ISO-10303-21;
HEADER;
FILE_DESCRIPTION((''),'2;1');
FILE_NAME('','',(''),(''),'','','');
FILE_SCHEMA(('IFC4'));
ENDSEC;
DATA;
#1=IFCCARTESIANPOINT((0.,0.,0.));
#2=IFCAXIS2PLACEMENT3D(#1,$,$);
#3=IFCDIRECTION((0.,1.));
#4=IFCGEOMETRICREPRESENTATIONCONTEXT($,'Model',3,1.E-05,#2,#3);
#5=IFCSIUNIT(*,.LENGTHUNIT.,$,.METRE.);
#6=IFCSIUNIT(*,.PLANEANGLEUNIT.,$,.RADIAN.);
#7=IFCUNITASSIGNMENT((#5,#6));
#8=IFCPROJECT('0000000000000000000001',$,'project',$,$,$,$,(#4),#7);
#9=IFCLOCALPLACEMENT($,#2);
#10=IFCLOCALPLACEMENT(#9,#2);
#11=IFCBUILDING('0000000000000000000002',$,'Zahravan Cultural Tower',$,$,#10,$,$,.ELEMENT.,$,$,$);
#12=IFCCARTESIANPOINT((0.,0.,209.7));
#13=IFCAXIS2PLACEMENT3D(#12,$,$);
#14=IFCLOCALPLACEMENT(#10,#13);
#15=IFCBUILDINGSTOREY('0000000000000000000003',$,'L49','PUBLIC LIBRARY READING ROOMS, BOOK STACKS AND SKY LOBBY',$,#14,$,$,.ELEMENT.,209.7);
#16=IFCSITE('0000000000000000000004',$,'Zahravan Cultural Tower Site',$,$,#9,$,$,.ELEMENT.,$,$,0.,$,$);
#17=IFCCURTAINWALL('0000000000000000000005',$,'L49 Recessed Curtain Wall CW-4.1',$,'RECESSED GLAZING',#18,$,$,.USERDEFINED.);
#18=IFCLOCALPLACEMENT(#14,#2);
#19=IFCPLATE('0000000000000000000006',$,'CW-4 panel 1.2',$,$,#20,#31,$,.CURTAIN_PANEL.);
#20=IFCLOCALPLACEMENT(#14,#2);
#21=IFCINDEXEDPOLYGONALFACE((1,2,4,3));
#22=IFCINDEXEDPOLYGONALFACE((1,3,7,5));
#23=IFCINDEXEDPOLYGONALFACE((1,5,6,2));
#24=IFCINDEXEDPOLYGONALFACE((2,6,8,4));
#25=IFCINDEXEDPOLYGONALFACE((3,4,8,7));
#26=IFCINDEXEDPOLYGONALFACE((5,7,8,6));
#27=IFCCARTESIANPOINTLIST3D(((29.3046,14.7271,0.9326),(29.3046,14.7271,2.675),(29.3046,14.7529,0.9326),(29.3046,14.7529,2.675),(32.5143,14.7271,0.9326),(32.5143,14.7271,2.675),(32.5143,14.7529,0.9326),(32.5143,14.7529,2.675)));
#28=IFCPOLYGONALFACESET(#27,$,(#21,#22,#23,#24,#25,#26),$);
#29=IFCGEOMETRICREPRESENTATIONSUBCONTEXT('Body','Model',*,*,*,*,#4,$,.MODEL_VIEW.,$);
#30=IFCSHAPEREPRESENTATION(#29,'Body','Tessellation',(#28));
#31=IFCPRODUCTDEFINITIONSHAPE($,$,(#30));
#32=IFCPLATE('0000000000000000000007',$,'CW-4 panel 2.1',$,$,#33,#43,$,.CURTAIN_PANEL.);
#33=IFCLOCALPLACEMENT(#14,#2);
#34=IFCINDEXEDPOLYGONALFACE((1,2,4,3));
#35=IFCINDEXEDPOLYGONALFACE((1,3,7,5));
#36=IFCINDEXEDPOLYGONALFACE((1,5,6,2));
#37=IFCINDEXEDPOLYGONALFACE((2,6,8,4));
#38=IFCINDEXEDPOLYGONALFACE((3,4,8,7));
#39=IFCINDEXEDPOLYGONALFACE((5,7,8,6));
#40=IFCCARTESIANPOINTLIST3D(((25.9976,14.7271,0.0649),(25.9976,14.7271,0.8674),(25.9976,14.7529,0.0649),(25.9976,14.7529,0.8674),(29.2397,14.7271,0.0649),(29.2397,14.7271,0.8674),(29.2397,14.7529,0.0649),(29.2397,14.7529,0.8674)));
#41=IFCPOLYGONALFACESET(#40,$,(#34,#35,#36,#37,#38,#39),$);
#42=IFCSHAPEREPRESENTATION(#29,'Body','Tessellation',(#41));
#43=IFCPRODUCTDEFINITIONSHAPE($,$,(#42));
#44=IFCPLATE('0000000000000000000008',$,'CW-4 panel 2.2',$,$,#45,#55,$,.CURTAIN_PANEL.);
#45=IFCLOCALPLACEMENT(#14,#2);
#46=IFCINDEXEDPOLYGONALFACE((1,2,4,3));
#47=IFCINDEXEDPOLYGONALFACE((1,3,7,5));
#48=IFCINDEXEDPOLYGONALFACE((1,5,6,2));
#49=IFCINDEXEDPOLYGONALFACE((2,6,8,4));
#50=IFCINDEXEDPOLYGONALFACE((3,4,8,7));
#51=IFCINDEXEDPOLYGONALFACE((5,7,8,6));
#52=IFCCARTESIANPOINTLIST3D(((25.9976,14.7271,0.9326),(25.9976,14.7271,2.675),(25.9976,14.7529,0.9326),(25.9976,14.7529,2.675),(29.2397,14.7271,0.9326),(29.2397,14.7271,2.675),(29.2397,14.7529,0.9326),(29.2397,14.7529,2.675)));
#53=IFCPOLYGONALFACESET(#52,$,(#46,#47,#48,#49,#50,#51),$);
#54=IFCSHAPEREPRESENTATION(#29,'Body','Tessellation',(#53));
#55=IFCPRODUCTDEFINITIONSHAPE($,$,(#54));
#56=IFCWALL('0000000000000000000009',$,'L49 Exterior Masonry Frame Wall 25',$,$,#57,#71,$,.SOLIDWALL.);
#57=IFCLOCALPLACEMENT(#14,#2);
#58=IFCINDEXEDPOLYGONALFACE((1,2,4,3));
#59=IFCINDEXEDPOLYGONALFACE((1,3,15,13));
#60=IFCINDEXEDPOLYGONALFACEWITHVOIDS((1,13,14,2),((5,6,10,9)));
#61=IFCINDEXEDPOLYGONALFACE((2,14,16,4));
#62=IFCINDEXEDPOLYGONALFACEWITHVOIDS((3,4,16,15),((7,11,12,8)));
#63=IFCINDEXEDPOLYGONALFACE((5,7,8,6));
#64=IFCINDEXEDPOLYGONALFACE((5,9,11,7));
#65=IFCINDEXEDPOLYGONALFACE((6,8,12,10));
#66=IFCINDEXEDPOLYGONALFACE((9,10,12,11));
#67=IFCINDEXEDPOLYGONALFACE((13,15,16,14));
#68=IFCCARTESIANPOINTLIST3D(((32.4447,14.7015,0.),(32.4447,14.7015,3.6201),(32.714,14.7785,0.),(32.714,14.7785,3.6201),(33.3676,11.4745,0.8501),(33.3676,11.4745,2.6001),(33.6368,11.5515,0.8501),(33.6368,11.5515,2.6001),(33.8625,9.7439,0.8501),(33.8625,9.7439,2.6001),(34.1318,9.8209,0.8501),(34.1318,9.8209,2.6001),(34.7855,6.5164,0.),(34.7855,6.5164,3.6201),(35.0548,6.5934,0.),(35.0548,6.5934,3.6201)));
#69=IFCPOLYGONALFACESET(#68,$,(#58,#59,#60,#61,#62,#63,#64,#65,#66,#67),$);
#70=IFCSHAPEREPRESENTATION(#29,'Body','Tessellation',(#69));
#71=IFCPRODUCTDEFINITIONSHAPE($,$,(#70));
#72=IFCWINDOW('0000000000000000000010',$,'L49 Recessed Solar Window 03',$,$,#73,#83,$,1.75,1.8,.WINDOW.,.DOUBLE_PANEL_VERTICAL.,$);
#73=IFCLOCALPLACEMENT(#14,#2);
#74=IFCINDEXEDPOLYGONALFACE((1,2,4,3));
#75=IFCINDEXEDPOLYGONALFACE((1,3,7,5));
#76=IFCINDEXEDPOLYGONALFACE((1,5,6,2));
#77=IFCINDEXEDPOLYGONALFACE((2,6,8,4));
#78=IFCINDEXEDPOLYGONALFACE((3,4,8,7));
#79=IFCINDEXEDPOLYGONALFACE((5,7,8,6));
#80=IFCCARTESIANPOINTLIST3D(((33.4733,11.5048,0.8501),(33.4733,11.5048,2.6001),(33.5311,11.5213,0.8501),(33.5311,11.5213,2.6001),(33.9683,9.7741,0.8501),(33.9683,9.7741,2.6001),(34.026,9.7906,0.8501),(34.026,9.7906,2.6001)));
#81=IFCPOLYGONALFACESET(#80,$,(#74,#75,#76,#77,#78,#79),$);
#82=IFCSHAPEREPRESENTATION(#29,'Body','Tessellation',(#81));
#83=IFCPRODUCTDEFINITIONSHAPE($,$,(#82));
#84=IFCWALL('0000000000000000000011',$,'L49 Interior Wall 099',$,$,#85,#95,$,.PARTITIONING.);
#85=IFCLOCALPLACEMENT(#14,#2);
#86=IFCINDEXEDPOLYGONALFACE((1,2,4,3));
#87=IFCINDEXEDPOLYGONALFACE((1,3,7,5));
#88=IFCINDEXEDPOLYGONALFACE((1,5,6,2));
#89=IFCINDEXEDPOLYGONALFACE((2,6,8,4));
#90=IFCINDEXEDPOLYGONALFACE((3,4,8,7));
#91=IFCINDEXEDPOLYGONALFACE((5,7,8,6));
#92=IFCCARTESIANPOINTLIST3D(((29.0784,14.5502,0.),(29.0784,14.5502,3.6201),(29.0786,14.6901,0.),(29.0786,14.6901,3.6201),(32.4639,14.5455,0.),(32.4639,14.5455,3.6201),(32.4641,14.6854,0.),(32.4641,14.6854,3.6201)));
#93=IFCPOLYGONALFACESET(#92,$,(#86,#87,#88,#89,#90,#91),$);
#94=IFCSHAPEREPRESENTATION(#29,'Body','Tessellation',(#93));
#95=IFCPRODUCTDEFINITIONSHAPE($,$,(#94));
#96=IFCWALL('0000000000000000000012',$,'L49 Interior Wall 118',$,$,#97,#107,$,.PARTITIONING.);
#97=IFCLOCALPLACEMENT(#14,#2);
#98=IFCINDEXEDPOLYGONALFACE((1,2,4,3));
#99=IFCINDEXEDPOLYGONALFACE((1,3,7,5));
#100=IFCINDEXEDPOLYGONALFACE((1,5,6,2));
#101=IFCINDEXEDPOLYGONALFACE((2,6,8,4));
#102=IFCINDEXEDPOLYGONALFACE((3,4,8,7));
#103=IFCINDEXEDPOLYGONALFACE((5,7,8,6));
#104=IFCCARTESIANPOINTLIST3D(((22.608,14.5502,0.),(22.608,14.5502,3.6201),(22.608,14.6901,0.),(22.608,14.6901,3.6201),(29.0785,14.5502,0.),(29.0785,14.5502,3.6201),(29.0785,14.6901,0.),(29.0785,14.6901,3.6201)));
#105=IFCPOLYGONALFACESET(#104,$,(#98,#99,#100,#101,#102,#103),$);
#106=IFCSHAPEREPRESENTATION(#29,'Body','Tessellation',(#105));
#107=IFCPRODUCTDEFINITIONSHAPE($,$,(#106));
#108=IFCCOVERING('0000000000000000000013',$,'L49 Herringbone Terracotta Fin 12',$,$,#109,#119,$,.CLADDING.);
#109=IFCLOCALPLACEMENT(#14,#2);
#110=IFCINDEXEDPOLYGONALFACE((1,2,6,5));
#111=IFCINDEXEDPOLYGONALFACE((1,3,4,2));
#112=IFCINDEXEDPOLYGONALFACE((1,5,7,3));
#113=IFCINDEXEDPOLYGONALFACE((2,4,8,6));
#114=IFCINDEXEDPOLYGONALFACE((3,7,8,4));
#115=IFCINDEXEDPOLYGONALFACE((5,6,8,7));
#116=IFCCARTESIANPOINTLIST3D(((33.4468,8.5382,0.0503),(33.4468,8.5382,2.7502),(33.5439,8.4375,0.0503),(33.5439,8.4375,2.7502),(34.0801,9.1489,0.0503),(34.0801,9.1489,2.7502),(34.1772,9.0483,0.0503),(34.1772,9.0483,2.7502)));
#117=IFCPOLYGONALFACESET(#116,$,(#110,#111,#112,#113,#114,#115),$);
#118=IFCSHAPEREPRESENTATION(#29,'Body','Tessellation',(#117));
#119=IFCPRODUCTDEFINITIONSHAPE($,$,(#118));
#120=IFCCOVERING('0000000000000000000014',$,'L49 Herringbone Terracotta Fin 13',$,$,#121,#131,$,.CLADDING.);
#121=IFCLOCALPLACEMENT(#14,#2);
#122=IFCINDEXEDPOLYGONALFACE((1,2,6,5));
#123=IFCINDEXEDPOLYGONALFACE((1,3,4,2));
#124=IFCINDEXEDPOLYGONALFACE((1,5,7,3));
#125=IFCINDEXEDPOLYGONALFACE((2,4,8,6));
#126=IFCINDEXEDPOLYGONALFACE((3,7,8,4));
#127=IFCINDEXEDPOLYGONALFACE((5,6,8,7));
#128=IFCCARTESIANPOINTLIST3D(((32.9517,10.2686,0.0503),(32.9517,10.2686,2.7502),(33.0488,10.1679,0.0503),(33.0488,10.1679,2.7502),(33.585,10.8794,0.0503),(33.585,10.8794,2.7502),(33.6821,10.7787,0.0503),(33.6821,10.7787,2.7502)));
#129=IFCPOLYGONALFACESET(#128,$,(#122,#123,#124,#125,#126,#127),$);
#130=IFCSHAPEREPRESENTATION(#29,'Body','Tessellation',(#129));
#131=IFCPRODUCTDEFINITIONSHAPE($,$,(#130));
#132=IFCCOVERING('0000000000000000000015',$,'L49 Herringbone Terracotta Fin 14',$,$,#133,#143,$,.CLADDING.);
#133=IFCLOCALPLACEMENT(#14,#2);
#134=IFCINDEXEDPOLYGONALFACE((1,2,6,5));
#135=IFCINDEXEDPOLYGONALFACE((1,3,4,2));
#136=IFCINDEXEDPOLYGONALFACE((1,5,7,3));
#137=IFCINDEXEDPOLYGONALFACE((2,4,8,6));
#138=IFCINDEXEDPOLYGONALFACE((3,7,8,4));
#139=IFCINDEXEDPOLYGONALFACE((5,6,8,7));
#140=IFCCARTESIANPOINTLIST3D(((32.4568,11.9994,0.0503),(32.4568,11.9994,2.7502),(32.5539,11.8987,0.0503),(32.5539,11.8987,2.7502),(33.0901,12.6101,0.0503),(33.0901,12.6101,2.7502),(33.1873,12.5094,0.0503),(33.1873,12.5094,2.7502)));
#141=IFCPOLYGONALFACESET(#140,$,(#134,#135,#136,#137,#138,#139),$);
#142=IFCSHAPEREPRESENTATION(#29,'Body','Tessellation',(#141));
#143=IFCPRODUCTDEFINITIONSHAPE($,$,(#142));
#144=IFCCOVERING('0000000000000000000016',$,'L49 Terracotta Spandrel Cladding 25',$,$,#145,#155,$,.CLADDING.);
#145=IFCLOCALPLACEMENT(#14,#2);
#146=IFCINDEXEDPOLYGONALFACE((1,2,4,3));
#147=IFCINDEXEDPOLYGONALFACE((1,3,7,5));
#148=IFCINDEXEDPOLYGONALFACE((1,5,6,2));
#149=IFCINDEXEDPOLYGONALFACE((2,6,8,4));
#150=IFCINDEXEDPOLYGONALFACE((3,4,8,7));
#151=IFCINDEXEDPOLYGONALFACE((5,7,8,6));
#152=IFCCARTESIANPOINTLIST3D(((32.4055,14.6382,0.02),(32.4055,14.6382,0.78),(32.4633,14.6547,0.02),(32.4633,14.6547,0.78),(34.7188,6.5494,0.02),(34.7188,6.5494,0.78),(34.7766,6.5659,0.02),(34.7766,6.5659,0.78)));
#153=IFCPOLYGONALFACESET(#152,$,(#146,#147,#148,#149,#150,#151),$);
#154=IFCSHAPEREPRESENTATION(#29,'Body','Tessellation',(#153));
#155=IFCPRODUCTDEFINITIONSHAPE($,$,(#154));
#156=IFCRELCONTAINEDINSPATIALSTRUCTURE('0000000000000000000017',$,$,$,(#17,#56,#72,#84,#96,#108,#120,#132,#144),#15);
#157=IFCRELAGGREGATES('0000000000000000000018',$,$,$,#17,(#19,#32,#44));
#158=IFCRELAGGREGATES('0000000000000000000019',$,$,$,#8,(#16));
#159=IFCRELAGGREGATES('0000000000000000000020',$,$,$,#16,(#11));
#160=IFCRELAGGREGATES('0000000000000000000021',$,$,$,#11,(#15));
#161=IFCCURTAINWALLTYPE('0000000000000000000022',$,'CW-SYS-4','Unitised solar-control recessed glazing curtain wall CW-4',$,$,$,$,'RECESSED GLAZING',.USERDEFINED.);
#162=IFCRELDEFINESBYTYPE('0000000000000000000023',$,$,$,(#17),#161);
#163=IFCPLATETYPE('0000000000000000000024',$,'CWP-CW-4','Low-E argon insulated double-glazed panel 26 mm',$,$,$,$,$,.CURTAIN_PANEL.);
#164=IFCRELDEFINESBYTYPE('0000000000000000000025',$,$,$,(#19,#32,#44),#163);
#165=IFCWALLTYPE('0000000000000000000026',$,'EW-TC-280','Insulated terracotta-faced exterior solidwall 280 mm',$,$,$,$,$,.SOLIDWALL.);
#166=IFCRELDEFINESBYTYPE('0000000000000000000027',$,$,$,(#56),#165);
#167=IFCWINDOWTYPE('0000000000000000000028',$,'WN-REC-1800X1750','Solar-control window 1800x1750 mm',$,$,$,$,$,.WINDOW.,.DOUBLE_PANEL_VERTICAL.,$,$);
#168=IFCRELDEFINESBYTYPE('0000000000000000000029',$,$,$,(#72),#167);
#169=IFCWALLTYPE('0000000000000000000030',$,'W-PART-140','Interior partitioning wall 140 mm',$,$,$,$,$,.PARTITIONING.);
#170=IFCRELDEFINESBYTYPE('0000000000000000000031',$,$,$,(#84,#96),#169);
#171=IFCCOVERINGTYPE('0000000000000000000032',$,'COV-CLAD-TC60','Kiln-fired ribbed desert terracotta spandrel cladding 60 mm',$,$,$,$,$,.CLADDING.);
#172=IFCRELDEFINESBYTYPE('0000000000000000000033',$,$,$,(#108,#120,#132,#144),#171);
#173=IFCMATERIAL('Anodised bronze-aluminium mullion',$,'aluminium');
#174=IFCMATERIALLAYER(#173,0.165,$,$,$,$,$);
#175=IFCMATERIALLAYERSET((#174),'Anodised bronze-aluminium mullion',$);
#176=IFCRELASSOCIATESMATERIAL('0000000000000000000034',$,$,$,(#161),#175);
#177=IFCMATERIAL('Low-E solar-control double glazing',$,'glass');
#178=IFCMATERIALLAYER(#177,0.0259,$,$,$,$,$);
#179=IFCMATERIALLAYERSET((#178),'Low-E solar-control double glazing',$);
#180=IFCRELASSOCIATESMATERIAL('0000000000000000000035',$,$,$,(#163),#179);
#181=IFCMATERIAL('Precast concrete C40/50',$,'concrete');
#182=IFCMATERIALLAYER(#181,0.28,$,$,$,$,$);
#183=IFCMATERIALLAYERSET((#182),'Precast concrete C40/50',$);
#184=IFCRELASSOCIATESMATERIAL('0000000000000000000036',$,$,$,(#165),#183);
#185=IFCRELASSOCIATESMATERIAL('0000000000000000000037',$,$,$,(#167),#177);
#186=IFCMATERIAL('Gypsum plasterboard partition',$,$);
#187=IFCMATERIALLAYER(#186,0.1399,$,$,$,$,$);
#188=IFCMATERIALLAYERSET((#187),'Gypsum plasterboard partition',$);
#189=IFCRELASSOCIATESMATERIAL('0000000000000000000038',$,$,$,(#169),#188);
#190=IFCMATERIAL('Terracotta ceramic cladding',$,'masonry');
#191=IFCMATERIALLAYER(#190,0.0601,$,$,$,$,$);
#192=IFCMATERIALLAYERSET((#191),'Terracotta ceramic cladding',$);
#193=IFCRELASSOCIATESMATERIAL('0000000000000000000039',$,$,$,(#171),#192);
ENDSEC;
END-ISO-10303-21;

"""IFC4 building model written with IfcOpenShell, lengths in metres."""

from ifc_helpers import new_model, si_unit, direction, frame, frame_2d, origin, origin_2d, place, context, subcontext, project, spatial, rectangle, extrude, source, transform, mapped, material, layer, layer_set, type_object, element, fill, aggregate, save


model = new_model("IFC4")

# Units and contexts
model_context = context("Model", 3, precision=1e-05, world=origin(), true_north=direction((0.0, 1.0)))
body_context = subcontext(model_context, "Body", "Model", "MODEL_VIEW")
ifc_project = project(units=[si_unit("LENGTHUNIT", "METRE"), si_unit("PLANEANGLEUNIT", "RADIAN")], contexts=[model_context])

# Site, building, storey
site_placement = place(None, origin())
site = spatial("IfcSite", under=ifc_project, at=site_placement, Name="Zahravan Cultural Tower Site", CompositionType="ELEMENT", RefElevation=0.0)
building_placement = place(site_placement, origin())
building = spatial("IfcBuilding", under=site, at=building_placement, Name="Zahravan Cultural Tower", CompositionType="ELEMENT")
storey_placement = place(building_placement, frame((0.0, 0.0, 209.7)))
storey = spatial("IfcBuildingStorey", under=building, at=storey_placement, Name="L49", Description="PUBLIC LIBRARY READING ROOMS, BOOK STACKS AND SKY LOBBY", CompositionType="ELEMENT", Elevation=209.7)

# Curtain wall, plates
ifc_material_1 = material(Name="Anodised bronze-aluminium mullion", Category="aluminium")
ifc_layer_1 = layer(ifc_material_1, 0.165)
ifc_layer_set_1 = layer_set([ifc_layer_1], Name="Anodised bronze-aluminium mullion")
curtain_wall_type = type_object("IfcCurtainWallType", Name="CW-SYS-4", Description="Unitised solar-control recessed glazing curtain wall CW-4", ElementType="RECESSED GLAZING", PredefinedType="USERDEFINED", material=ifc_layer_set_1)
curtain_wall_placement = place(storey_placement, origin())
curtain_wall = element("IfcCurtainWall", 1, at=curtain_wall_placement, inside=storey, type_object=curtain_wall_type, Name="L49 Recessed Curtain Wall CW-4.1", ObjectType="RECESSED GLAZING", PredefinedType="USERDEFINED")
ifc_material_2 = material(Name="Low-E solar-control double glazing", Category="glass")
ifc_layer_2 = layer(ifc_material_2, 0.0259)
ifc_layer_set_2 = layer_set([ifc_layer_2], Name="Low-E solar-control double glazing")
plate_type = type_object("IfcPlateType", Name="CWP-CW-4", Description="Low-E argon insulated double-glazed panel 26 mm", PredefinedType="CURTAIN_PANEL", material=ifc_layer_set_2)
shared_shape_1 = source(origin(), body_context, "Body", "SweptSolid", [
    extrude(rectangle(XDim=3.2097, YDim=0.0259, at=origin_2d()), origin(), (0.0, 0.0, 1.0), 1.7424),
])
plate_1_placement = place(storey_placement, frame((30.9094, 14.74, 0.9326), z_axis=(0.0, 0.0, 1.0), x_axis=(-1.0, 0.0, 0.0)))
plate_1 = element("IfcPlate", 2, at=plate_1_placement, type_object=plate_type, Name="CW-4 panel 1.2", PredefinedType="CURTAIN_PANEL", context=body_context, shape_type="MappedRepresentation", body=[
    mapped(shared_shape_1, transform((0.0, 0.0, 0.0), x_axis=(1.0, 0.0, 0.0), y_axis=(0.0, 1.0, 0.0), z_axis=(0.0, 0.0, 1.0), scale=1.0)),
])
shared_shape_2 = source(origin(), body_context, "Body", "SweptSolid", [
    extrude(rectangle(XDim=3.2422, YDim=0.0259, at=origin_2d()), origin(), (0.0, 0.0, 1.0), 0.8025),
])
plate_2_placement = place(storey_placement, frame((27.6187, 14.74, 0.0649), z_axis=(0.0, 0.0, 1.0), x_axis=(-1.0, 0.0, 0.0)))
plate_2 = element("IfcPlate", 3, at=plate_2_placement, type_object=plate_type, Name="CW-4 panel 2.1", PredefinedType="CURTAIN_PANEL", context=body_context, shape_type="MappedRepresentation", body=[
    mapped(shared_shape_2, transform((0.0, 0.0, 0.0), x_axis=(1.0, 0.0, 0.0), y_axis=(0.0, 1.0, 0.0), z_axis=(0.0, 0.0, 1.0), scale=1.0)),
])
shared_shape_3 = source(origin(), body_context, "Body", "SweptSolid", [
    extrude(rectangle(XDim=3.2422, YDim=0.0259, at=origin_2d()), origin(), (0.0, 0.0, 1.0), 1.7424),
])
plate_3_placement = place(storey_placement, frame((27.6187, 14.74, 0.9326), z_axis=(0.0, 0.0, 1.0), x_axis=(-1.0, 0.0, 0.0)))
plate_3 = element("IfcPlate", 4, at=plate_3_placement, type_object=plate_type, Name="CW-4 panel 2.2", PredefinedType="CURTAIN_PANEL", context=body_context, shape_type="MappedRepresentation", body=[
    mapped(shared_shape_3, transform((0.0, 0.0, 0.0), x_axis=(1.0, 0.0, 0.0), y_axis=(0.0, 1.0, 0.0), z_axis=(0.0, 0.0, 1.0), scale=1.0)),
])
aggregate(curtain_wall, [plate_1, plate_2, plate_3])

# Wall, opening, window
ifc_material_3 = material(Name="Precast concrete C40/50", Category="concrete")
ifc_layer_3 = layer(ifc_material_3, 0.28)
ifc_layer_set_3 = layer_set([ifc_layer_3], Name="Precast concrete C40/50")
wall_type_1 = type_object("IfcWallType", Name="EW-TC-280", Description="Insulated terracotta-faced exterior solidwall 280 mm", PredefinedType="SOLIDWALL", material=ifc_layer_set_3)
wall_1_placement = place(storey_placement, frame((34.9202, 6.5549, 0.0), z_axis=(0.0, 0.0, 1.0), x_axis=(-0.274964, 0.961455, 0.0)))
wall_1 = element("IfcWall", 5, at=wall_1_placement, inside=storey, type_object=wall_type_1, Name="L49 Exterior Masonry Frame Wall 25", PredefinedType="SOLIDWALL", context=body_context, shape_type="SweptSolid", body=[
    extrude(rectangle(XDim=8.5132, YDim=0.28, at=frame_2d((4.2566, 0.0))), origin(), (0.0, 0.0, 1.0), 3.6201),
])
opening_placement = place(wall_1_placement, frame((3.3569, 0.0, 0.8501)))
opening = element("IfcOpeningElement", 6, at=opening_placement, cuts=wall_1, PredefinedType="OPENING", context=body_context, shape_type="SweptSolid", body=[
    extrude(rectangle(XDim=1.8, YDim=1.75, at=frame_2d((0.8999, 0.875))), frame((0.0, 0.1499, 0.0), z_axis=(0.0, -1.0, 0.0), x_axis=(1.0, 0.0, 0.0)), (0.0, 0.0, 1.0), 0.3),
])
window_type = type_object("IfcWindowType", Name="WN-REC-1800X1750", Description="Solar-control window 1800x1750 mm", PartitioningType="DOUBLE_PANEL_VERTICAL", PredefinedType="WINDOW", material=ifc_material_2)
shared_shape_4 = source(origin(), body_context, "Body", "SweptSolid", [
    extrude(rectangle(XDim=1.8, YDim=1.75, at=frame_2d((0.8999, 0.875))), frame((0.0, 0.03, 0.0), z_axis=(0.0, -1.0, 0.0), x_axis=(1.0, 0.0, 0.0)), (0.0, 0.0, 1.0), 0.0601),
])
window_placement = place(opening_placement, origin())
window = element("IfcWindow", 7, at=window_placement, inside=storey, type_object=window_type, Name="L49 Recessed Solar Window 03", OverallHeight=1.75, OverallWidth=1.8, PartitioningType="DOUBLE_PANEL_VERTICAL", PredefinedType="WINDOW", context=body_context, shape_type="MappedRepresentation", body=[
    mapped(shared_shape_4, transform((0.0, 0.0, 0.0), x_axis=(1.0, 0.0, 0.0), y_axis=(0.0, 1.0, 0.0), z_axis=(0.0, 0.0, 1.0), scale=1.0)),
])
fill(opening, window)

# Walls
ifc_material_4 = material(Name="Gypsum plasterboard partition")
ifc_layer_4 = layer(ifc_material_4, 0.1399)
ifc_layer_set_4 = layer_set([ifc_layer_4], Name="Gypsum plasterboard partition")
wall_type_2 = type_object("IfcWallType", Name="W-PART-140", Description="Interior partitioning wall 140 mm", PredefinedType="PARTITIONING", material=ifc_layer_set_4)
shared_shape_5 = source(origin(), body_context, "Body", "SweptSolid", [
    extrude(rectangle(XDim=3.3855, YDim=0.1399, at=frame_2d((1.6929, 0.0))), origin(), (0.0, 0.0, 1.0), 3.6201),
])
wall_2_placement = place(storey_placement, frame((32.4641, 14.6155, 0.0), z_axis=(0.0, 0.0, 1.0), x_axis=(-0.999999, 0.00137, 0.0)))
element("IfcWall", 8, at=wall_2_placement, inside=storey, type_object=wall_type_2, Name="L49 Interior Wall 099", PredefinedType="PARTITIONING", context=body_context, shape_type="MappedRepresentation", body=[
    mapped(shared_shape_5, transform((0.0, 0.0, 0.0), x_axis=(1.0, 0.0, 0.0), y_axis=(0.0, 1.0, 0.0), z_axis=(0.0, 0.0, 1.0), scale=1.0)),
])
shared_shape_6 = source(origin(), body_context, "Body", "SweptSolid", [
    extrude(rectangle(XDim=6.4705, YDim=0.1399, at=frame_2d((3.2354, 0.0))), origin(), (0.0, 0.0, 1.0), 3.6201),
])
wall_3_placement = place(storey_placement, frame((29.0786, 14.6201, 0.0), z_axis=(0.0, 0.0, 1.0), x_axis=(-1.0, 0.0, 0.0)))
element("IfcWall", 9, at=wall_3_placement, inside=storey, type_object=wall_type_2, Name="L49 Interior Wall 118", PredefinedType="PARTITIONING", context=body_context, shape_type="MappedRepresentation", body=[
    mapped(shared_shape_6, transform((0.0, 0.0, 0.0), x_axis=(1.0, 0.0, 0.0), y_axis=(0.0, 1.0, 0.0), z_axis=(0.0, 0.0, 1.0), scale=1.0)),
])

# Coverings
ifc_material_5 = material(Name="Terracotta ceramic cladding", Category="masonry")
ifc_layer_5 = layer(ifc_material_5, 0.0601)
ifc_layer_set_5 = layer_set([ifc_layer_5], Name="Terracotta ceramic cladding")
covering_type = type_object("IfcCoveringType", Name="COV-CLAD-TC60", Description="Kiln-fired ribbed desert terracotta spandrel cladding 60 mm", PredefinedType="CLADDING", material=ifc_layer_set_5)
shared_shape_7 = source(origin(), body_context, "Body", "SweptSolid", [
    extrude(rectangle(XDim=0.8799, YDim=0.1399, at=origin_2d()), origin(), (0.0, 0.0, 1.0), 2.7),
])
for number, where, z_axis, x_axis, name in (
    (10, (33.812, 8.7932, 0.0503), (0.0, 0.0, 1.0), (-0.719825, -0.694156, 0.0), "L49 Herringbone Terracotta Fin 12"),
    (11, (33.3169, 10.5237, 0.0503), (0.0, 0.0, 1.0), (-0.719825, -0.694156, 0.0), "L49 Herringbone Terracotta Fin 13"),
    (12, (32.822, 12.2544, 0.0503), (0.0, 0.0, 1.0), (-0.719825, -0.694156, 0.0), "L49 Herringbone Terracotta Fin 14"),
):
    element("IfcCovering", number, at=place(storey_placement, frame(where, z_axis=z_axis, x_axis=x_axis)), inside=storey, type_object=covering_type, Name=name, PredefinedType="CLADDING", context=body_context, shape_type="MappedRepresentation", body=[
        mapped(shared_shape_7, transform((0.0, 0.0, 0.0), x_axis=(1.0, 0.0, 0.0), y_axis=(0.0, 1.0, 0.0), z_axis=(0.0, 0.0, 1.0), scale=1.0)),
    ])
shared_shape_8 = source(origin(), body_context, "Body", "SweptSolid", [
    extrude(rectangle(XDim=8.4131, YDim=0.0601, at=origin_2d()), origin(), (0.0, 0.0, 1.0), 0.76),
])
covering_placement = place(storey_placement, frame((33.5911, 10.6021, 0.02), z_axis=(0.0, 0.0, 1.0), x_axis=(-0.274966, 0.961454, 0.0)))
element("IfcCovering", 13, at=covering_placement, inside=storey, type_object=covering_type, Name="L49 Terracotta Spandrel Cladding 25", PredefinedType="CLADDING", context=body_context, shape_type="MappedRepresentation", body=[
    mapped(shared_shape_8, transform((0.0, 0.0, 0.0), x_axis=(1.0, 0.0, 0.0), y_axis=(0.0, 1.0, 0.0), z_axis=(0.0, 0.0, 1.0), scale=1.0)),
])

save(model, "model.ifc")
